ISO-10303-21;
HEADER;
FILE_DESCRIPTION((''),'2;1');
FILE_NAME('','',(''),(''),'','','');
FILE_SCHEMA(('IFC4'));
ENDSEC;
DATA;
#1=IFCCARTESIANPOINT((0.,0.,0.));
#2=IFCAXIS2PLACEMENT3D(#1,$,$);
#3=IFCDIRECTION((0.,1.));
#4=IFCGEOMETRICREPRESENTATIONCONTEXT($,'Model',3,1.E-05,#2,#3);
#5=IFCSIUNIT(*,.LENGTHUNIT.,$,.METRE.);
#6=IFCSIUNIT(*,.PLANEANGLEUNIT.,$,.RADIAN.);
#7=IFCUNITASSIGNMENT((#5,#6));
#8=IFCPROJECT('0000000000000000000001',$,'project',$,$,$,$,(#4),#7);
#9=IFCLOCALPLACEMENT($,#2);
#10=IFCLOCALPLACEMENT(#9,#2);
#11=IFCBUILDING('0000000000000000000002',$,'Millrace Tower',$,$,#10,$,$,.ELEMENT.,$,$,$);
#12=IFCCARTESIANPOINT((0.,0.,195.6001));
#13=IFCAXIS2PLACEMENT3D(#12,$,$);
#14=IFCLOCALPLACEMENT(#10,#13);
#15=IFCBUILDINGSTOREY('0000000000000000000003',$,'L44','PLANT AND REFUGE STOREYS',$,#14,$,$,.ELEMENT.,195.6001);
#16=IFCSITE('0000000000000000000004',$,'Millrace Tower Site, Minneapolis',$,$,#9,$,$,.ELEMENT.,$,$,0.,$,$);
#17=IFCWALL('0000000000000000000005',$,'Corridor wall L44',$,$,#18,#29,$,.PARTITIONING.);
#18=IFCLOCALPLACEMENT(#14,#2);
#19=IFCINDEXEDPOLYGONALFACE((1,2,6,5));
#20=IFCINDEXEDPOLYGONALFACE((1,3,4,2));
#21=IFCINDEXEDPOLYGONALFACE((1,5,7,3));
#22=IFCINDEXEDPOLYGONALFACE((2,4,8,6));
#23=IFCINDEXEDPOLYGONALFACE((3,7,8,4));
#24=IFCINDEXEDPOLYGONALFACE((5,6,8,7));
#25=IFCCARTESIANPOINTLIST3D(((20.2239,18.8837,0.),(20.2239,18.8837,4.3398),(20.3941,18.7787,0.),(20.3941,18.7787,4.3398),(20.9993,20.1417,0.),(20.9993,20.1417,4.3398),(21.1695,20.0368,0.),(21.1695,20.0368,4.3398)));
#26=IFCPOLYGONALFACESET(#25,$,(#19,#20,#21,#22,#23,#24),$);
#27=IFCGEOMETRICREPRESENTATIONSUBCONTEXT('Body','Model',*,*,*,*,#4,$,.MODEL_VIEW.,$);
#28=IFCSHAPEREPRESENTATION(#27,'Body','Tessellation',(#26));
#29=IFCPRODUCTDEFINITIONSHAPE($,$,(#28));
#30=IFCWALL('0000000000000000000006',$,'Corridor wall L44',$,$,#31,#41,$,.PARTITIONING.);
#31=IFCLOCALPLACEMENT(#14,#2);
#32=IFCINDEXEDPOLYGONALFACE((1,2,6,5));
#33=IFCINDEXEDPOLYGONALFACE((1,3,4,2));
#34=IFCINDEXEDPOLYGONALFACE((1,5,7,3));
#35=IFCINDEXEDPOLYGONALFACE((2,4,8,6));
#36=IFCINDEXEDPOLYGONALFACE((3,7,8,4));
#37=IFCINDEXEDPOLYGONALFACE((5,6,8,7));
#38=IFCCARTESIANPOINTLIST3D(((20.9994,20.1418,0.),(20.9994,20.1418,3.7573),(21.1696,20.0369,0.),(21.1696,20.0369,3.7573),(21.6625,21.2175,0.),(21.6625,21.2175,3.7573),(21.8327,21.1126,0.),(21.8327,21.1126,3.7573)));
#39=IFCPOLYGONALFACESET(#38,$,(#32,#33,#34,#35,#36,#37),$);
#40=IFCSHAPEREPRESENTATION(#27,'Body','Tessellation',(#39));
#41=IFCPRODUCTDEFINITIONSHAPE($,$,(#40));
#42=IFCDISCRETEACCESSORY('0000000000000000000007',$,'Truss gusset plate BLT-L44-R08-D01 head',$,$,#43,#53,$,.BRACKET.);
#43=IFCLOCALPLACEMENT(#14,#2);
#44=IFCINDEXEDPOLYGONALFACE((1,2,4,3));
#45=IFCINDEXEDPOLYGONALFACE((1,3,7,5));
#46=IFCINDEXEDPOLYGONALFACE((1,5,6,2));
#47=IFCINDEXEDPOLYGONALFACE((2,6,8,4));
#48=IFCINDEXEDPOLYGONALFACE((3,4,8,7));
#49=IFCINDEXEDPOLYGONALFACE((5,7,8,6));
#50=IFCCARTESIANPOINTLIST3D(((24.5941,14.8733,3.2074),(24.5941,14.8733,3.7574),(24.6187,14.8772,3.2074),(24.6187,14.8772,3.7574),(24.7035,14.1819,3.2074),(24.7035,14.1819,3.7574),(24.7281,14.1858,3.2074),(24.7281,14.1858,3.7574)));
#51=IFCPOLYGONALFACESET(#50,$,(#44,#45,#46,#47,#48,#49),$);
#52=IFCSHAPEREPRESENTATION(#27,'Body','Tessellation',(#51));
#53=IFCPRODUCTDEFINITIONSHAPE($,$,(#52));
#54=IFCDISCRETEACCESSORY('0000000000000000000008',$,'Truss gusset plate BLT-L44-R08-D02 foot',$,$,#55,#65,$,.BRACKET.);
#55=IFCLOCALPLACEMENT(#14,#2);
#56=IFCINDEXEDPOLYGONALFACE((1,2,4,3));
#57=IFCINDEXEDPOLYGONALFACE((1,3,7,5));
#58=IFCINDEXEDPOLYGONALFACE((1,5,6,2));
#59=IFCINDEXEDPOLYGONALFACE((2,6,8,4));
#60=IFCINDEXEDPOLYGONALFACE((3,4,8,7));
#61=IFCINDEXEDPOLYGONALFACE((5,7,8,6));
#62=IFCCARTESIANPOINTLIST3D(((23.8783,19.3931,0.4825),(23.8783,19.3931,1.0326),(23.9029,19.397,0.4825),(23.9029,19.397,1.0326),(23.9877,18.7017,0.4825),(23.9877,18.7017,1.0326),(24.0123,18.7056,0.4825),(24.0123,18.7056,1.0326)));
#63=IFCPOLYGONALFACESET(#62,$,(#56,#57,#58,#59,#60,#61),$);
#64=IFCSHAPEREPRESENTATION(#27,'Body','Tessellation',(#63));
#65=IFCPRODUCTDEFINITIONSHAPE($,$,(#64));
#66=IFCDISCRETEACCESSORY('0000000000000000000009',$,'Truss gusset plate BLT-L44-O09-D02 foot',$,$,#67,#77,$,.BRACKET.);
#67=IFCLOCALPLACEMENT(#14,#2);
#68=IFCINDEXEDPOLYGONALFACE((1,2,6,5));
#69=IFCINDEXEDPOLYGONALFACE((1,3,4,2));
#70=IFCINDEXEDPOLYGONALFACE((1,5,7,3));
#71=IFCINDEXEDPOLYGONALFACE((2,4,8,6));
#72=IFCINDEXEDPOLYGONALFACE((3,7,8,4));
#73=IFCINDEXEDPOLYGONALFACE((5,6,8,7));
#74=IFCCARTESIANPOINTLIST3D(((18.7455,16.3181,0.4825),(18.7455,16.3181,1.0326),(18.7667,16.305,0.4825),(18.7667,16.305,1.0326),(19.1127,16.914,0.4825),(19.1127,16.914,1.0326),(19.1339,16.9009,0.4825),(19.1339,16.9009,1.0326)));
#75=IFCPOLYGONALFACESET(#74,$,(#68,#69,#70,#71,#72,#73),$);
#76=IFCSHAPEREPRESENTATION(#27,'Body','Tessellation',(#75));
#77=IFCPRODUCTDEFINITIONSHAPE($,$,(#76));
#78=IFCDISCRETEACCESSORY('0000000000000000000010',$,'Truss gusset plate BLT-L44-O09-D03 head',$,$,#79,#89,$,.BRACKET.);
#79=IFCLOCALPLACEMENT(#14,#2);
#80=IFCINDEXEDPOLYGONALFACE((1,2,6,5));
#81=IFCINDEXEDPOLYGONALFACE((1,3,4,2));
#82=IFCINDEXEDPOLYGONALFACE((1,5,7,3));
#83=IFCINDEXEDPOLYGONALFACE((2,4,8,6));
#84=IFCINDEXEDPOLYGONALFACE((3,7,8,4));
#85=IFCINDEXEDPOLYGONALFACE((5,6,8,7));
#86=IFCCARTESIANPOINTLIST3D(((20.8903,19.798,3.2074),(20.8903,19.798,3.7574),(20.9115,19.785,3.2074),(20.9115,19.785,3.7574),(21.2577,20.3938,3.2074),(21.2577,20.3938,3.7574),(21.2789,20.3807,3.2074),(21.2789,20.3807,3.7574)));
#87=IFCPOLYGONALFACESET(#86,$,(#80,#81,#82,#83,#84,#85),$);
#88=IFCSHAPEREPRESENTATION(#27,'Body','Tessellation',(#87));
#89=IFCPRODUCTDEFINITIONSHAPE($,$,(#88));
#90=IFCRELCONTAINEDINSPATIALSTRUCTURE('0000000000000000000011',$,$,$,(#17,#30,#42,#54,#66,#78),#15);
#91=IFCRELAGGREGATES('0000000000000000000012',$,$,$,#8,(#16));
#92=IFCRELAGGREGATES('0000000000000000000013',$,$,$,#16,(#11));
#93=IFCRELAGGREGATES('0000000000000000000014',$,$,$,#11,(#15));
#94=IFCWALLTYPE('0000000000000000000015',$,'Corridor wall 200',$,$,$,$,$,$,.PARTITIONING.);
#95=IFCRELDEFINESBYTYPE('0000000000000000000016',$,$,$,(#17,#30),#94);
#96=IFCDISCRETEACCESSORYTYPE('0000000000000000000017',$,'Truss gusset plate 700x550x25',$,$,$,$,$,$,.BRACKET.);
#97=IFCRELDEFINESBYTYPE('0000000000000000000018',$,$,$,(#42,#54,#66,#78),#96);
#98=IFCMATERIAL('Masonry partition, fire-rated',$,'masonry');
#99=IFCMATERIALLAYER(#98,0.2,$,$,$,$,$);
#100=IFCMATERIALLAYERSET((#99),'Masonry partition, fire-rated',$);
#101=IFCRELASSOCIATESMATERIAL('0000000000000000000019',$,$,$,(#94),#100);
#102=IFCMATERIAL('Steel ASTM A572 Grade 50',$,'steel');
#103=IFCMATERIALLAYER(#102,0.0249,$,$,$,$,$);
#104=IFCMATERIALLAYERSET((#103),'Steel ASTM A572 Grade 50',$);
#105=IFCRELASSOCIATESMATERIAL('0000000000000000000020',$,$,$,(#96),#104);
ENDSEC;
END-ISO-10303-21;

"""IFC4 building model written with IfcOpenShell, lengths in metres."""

from ifc_helpers import new_model, si_unit, direction, frame, frame_2d, origin, origin_2d, place, context, subcontext, project, spatial, rectangle, extrude, material, layer, layer_set, type_object, element, save


model = new_model("IFC4")

# Units and contexts
model_context = context("Model", 3, precision=1e-05, world=origin(), true_north=direction((0.0, 1.0)))
body_context = subcontext(model_context, "Body", "Model", "MODEL_VIEW")
ifc_project = project(units=[si_unit("LENGTHUNIT", "METRE"), si_unit("PLANEANGLEUNIT", "RADIAN")], contexts=[model_context])

# Site, building, storey
site_placement = place(None, origin())
site = spatial("IfcSite", under=ifc_project, at=site_placement, Name="Millrace Tower Site, Minneapolis", CompositionType="ELEMENT", RefElevation=0.0)
building_placement = place(site_placement, origin())
building = spatial("IfcBuilding", under=site, at=building_placement, Name="Millrace Tower", CompositionType="ELEMENT")
storey_placement = place(building_placement, frame((0.0, 0.0, 195.6001)))
storey = spatial("IfcBuildingStorey", under=building, at=storey_placement, Name="L44", Description="PLANT AND REFUGE STOREYS", CompositionType="ELEMENT", Elevation=195.6001)

# Walls
ifc_material_1 = material(Name="Masonry partition, fire-rated", Category="masonry")
ifc_layer_1 = layer(ifc_material_1, 0.2)
ifc_layer_set_1 = layer_set([ifc_layer_1], Name="Masonry partition, fire-rated")
wall_type = type_object("IfcWallType", Name="Corridor wall 200", PredefinedType="PARTITIONING", material=ifc_layer_set_1)
wall_1_placement = place(storey_placement, frame((20.3091, 18.8313, 0.0), z_axis=(0.0, 0.0, 1.0), x_axis=(0.524687, 0.851295, 0.0)))
element("IfcWall", 1, at=wall_1_placement, inside=storey, type_object=wall_type, Name="Corridor wall L44", PredefinedType="PARTITIONING", context=body_context, shape_type="SweptSolid", body=[
    extrude(rectangle(XDim=1.4778, YDim=0.2, at=frame_2d((0.7388, 0.0))), origin(), (0.0, 0.0, 1.0), 4.3398),
])
wall_2_placement = place(storey_placement, frame((21.0845, 20.0894, 0.0), z_axis=(0.0, 0.0, 1.0), x_axis=(0.524744, 0.85126, 0.0)))
element("IfcWall", 2, at=wall_2_placement, inside=storey, type_object=wall_type, Name="Corridor wall L44", PredefinedType="PARTITIONING", context=body_context, shape_type="SweptSolid", body=[
    extrude(rectangle(XDim=1.2637, YDim=0.2, at=frame_2d((0.6318, 0.0))), origin(), (0.0, 0.0, 1.0), 3.7573),
])

# Discrete accessories
ifc_material_2 = material(Name="Steel ASTM A572 Grade 50", Category="steel")
ifc_layer_2 = layer(ifc_material_2, 0.0249)
ifc_layer_set_2 = layer_set([ifc_layer_2], Name="Steel ASTM A572 Grade 50")
discrete_accessory_type = type_object("IfcDiscreteAccessoryType", Name="Truss gusset plate 700x550x25", PredefinedType="BRACKET", material=ifc_layer_set_2)
for number, where, z_axis, x_axis, name in (
    (3, (24.6064, 14.8752, 3.4824), (0.156249, -0.987718, 0.0), (0.987718, 0.156249, 0.0), "Truss gusset plate BLT-L44-R08-D01 head"),
    (4, (23.8906, 19.395, 0.7576), (0.156249, -0.987718, 0.0), (0.987718, 0.156249, 0.0), "Truss gusset plate BLT-L44-R08-D02 foot"),
    (5, (18.7561, 16.3115, 0.7576), (0.524564, 0.851371, 0.0), (-0.851371, 0.524564, 0.0), "Truss gusset plate BLT-L44-O09-D02 foot"),
    (6, (20.9009, 19.7915, 3.4824), (0.524973, 0.851119, 0.0), (-0.851119, 0.524973, 0.0), "Truss gusset plate BLT-L44-O09-D03 head"),
):
    element("IfcDiscreteAccessory", number, at=place(storey_placement, frame(where, z_axis=z_axis, x_axis=x_axis)), inside=storey, type_object=discrete_accessory_type, Name=name, PredefinedType="BRACKET", context=body_context, shape_type="SweptSolid", body=[
        extrude(rectangle(XDim=0.0249, YDim=0.55, at=origin_2d()), origin(), (0.0, 0.0, 1.0), 0.7),
    ])

save(model, "model.ifc")
